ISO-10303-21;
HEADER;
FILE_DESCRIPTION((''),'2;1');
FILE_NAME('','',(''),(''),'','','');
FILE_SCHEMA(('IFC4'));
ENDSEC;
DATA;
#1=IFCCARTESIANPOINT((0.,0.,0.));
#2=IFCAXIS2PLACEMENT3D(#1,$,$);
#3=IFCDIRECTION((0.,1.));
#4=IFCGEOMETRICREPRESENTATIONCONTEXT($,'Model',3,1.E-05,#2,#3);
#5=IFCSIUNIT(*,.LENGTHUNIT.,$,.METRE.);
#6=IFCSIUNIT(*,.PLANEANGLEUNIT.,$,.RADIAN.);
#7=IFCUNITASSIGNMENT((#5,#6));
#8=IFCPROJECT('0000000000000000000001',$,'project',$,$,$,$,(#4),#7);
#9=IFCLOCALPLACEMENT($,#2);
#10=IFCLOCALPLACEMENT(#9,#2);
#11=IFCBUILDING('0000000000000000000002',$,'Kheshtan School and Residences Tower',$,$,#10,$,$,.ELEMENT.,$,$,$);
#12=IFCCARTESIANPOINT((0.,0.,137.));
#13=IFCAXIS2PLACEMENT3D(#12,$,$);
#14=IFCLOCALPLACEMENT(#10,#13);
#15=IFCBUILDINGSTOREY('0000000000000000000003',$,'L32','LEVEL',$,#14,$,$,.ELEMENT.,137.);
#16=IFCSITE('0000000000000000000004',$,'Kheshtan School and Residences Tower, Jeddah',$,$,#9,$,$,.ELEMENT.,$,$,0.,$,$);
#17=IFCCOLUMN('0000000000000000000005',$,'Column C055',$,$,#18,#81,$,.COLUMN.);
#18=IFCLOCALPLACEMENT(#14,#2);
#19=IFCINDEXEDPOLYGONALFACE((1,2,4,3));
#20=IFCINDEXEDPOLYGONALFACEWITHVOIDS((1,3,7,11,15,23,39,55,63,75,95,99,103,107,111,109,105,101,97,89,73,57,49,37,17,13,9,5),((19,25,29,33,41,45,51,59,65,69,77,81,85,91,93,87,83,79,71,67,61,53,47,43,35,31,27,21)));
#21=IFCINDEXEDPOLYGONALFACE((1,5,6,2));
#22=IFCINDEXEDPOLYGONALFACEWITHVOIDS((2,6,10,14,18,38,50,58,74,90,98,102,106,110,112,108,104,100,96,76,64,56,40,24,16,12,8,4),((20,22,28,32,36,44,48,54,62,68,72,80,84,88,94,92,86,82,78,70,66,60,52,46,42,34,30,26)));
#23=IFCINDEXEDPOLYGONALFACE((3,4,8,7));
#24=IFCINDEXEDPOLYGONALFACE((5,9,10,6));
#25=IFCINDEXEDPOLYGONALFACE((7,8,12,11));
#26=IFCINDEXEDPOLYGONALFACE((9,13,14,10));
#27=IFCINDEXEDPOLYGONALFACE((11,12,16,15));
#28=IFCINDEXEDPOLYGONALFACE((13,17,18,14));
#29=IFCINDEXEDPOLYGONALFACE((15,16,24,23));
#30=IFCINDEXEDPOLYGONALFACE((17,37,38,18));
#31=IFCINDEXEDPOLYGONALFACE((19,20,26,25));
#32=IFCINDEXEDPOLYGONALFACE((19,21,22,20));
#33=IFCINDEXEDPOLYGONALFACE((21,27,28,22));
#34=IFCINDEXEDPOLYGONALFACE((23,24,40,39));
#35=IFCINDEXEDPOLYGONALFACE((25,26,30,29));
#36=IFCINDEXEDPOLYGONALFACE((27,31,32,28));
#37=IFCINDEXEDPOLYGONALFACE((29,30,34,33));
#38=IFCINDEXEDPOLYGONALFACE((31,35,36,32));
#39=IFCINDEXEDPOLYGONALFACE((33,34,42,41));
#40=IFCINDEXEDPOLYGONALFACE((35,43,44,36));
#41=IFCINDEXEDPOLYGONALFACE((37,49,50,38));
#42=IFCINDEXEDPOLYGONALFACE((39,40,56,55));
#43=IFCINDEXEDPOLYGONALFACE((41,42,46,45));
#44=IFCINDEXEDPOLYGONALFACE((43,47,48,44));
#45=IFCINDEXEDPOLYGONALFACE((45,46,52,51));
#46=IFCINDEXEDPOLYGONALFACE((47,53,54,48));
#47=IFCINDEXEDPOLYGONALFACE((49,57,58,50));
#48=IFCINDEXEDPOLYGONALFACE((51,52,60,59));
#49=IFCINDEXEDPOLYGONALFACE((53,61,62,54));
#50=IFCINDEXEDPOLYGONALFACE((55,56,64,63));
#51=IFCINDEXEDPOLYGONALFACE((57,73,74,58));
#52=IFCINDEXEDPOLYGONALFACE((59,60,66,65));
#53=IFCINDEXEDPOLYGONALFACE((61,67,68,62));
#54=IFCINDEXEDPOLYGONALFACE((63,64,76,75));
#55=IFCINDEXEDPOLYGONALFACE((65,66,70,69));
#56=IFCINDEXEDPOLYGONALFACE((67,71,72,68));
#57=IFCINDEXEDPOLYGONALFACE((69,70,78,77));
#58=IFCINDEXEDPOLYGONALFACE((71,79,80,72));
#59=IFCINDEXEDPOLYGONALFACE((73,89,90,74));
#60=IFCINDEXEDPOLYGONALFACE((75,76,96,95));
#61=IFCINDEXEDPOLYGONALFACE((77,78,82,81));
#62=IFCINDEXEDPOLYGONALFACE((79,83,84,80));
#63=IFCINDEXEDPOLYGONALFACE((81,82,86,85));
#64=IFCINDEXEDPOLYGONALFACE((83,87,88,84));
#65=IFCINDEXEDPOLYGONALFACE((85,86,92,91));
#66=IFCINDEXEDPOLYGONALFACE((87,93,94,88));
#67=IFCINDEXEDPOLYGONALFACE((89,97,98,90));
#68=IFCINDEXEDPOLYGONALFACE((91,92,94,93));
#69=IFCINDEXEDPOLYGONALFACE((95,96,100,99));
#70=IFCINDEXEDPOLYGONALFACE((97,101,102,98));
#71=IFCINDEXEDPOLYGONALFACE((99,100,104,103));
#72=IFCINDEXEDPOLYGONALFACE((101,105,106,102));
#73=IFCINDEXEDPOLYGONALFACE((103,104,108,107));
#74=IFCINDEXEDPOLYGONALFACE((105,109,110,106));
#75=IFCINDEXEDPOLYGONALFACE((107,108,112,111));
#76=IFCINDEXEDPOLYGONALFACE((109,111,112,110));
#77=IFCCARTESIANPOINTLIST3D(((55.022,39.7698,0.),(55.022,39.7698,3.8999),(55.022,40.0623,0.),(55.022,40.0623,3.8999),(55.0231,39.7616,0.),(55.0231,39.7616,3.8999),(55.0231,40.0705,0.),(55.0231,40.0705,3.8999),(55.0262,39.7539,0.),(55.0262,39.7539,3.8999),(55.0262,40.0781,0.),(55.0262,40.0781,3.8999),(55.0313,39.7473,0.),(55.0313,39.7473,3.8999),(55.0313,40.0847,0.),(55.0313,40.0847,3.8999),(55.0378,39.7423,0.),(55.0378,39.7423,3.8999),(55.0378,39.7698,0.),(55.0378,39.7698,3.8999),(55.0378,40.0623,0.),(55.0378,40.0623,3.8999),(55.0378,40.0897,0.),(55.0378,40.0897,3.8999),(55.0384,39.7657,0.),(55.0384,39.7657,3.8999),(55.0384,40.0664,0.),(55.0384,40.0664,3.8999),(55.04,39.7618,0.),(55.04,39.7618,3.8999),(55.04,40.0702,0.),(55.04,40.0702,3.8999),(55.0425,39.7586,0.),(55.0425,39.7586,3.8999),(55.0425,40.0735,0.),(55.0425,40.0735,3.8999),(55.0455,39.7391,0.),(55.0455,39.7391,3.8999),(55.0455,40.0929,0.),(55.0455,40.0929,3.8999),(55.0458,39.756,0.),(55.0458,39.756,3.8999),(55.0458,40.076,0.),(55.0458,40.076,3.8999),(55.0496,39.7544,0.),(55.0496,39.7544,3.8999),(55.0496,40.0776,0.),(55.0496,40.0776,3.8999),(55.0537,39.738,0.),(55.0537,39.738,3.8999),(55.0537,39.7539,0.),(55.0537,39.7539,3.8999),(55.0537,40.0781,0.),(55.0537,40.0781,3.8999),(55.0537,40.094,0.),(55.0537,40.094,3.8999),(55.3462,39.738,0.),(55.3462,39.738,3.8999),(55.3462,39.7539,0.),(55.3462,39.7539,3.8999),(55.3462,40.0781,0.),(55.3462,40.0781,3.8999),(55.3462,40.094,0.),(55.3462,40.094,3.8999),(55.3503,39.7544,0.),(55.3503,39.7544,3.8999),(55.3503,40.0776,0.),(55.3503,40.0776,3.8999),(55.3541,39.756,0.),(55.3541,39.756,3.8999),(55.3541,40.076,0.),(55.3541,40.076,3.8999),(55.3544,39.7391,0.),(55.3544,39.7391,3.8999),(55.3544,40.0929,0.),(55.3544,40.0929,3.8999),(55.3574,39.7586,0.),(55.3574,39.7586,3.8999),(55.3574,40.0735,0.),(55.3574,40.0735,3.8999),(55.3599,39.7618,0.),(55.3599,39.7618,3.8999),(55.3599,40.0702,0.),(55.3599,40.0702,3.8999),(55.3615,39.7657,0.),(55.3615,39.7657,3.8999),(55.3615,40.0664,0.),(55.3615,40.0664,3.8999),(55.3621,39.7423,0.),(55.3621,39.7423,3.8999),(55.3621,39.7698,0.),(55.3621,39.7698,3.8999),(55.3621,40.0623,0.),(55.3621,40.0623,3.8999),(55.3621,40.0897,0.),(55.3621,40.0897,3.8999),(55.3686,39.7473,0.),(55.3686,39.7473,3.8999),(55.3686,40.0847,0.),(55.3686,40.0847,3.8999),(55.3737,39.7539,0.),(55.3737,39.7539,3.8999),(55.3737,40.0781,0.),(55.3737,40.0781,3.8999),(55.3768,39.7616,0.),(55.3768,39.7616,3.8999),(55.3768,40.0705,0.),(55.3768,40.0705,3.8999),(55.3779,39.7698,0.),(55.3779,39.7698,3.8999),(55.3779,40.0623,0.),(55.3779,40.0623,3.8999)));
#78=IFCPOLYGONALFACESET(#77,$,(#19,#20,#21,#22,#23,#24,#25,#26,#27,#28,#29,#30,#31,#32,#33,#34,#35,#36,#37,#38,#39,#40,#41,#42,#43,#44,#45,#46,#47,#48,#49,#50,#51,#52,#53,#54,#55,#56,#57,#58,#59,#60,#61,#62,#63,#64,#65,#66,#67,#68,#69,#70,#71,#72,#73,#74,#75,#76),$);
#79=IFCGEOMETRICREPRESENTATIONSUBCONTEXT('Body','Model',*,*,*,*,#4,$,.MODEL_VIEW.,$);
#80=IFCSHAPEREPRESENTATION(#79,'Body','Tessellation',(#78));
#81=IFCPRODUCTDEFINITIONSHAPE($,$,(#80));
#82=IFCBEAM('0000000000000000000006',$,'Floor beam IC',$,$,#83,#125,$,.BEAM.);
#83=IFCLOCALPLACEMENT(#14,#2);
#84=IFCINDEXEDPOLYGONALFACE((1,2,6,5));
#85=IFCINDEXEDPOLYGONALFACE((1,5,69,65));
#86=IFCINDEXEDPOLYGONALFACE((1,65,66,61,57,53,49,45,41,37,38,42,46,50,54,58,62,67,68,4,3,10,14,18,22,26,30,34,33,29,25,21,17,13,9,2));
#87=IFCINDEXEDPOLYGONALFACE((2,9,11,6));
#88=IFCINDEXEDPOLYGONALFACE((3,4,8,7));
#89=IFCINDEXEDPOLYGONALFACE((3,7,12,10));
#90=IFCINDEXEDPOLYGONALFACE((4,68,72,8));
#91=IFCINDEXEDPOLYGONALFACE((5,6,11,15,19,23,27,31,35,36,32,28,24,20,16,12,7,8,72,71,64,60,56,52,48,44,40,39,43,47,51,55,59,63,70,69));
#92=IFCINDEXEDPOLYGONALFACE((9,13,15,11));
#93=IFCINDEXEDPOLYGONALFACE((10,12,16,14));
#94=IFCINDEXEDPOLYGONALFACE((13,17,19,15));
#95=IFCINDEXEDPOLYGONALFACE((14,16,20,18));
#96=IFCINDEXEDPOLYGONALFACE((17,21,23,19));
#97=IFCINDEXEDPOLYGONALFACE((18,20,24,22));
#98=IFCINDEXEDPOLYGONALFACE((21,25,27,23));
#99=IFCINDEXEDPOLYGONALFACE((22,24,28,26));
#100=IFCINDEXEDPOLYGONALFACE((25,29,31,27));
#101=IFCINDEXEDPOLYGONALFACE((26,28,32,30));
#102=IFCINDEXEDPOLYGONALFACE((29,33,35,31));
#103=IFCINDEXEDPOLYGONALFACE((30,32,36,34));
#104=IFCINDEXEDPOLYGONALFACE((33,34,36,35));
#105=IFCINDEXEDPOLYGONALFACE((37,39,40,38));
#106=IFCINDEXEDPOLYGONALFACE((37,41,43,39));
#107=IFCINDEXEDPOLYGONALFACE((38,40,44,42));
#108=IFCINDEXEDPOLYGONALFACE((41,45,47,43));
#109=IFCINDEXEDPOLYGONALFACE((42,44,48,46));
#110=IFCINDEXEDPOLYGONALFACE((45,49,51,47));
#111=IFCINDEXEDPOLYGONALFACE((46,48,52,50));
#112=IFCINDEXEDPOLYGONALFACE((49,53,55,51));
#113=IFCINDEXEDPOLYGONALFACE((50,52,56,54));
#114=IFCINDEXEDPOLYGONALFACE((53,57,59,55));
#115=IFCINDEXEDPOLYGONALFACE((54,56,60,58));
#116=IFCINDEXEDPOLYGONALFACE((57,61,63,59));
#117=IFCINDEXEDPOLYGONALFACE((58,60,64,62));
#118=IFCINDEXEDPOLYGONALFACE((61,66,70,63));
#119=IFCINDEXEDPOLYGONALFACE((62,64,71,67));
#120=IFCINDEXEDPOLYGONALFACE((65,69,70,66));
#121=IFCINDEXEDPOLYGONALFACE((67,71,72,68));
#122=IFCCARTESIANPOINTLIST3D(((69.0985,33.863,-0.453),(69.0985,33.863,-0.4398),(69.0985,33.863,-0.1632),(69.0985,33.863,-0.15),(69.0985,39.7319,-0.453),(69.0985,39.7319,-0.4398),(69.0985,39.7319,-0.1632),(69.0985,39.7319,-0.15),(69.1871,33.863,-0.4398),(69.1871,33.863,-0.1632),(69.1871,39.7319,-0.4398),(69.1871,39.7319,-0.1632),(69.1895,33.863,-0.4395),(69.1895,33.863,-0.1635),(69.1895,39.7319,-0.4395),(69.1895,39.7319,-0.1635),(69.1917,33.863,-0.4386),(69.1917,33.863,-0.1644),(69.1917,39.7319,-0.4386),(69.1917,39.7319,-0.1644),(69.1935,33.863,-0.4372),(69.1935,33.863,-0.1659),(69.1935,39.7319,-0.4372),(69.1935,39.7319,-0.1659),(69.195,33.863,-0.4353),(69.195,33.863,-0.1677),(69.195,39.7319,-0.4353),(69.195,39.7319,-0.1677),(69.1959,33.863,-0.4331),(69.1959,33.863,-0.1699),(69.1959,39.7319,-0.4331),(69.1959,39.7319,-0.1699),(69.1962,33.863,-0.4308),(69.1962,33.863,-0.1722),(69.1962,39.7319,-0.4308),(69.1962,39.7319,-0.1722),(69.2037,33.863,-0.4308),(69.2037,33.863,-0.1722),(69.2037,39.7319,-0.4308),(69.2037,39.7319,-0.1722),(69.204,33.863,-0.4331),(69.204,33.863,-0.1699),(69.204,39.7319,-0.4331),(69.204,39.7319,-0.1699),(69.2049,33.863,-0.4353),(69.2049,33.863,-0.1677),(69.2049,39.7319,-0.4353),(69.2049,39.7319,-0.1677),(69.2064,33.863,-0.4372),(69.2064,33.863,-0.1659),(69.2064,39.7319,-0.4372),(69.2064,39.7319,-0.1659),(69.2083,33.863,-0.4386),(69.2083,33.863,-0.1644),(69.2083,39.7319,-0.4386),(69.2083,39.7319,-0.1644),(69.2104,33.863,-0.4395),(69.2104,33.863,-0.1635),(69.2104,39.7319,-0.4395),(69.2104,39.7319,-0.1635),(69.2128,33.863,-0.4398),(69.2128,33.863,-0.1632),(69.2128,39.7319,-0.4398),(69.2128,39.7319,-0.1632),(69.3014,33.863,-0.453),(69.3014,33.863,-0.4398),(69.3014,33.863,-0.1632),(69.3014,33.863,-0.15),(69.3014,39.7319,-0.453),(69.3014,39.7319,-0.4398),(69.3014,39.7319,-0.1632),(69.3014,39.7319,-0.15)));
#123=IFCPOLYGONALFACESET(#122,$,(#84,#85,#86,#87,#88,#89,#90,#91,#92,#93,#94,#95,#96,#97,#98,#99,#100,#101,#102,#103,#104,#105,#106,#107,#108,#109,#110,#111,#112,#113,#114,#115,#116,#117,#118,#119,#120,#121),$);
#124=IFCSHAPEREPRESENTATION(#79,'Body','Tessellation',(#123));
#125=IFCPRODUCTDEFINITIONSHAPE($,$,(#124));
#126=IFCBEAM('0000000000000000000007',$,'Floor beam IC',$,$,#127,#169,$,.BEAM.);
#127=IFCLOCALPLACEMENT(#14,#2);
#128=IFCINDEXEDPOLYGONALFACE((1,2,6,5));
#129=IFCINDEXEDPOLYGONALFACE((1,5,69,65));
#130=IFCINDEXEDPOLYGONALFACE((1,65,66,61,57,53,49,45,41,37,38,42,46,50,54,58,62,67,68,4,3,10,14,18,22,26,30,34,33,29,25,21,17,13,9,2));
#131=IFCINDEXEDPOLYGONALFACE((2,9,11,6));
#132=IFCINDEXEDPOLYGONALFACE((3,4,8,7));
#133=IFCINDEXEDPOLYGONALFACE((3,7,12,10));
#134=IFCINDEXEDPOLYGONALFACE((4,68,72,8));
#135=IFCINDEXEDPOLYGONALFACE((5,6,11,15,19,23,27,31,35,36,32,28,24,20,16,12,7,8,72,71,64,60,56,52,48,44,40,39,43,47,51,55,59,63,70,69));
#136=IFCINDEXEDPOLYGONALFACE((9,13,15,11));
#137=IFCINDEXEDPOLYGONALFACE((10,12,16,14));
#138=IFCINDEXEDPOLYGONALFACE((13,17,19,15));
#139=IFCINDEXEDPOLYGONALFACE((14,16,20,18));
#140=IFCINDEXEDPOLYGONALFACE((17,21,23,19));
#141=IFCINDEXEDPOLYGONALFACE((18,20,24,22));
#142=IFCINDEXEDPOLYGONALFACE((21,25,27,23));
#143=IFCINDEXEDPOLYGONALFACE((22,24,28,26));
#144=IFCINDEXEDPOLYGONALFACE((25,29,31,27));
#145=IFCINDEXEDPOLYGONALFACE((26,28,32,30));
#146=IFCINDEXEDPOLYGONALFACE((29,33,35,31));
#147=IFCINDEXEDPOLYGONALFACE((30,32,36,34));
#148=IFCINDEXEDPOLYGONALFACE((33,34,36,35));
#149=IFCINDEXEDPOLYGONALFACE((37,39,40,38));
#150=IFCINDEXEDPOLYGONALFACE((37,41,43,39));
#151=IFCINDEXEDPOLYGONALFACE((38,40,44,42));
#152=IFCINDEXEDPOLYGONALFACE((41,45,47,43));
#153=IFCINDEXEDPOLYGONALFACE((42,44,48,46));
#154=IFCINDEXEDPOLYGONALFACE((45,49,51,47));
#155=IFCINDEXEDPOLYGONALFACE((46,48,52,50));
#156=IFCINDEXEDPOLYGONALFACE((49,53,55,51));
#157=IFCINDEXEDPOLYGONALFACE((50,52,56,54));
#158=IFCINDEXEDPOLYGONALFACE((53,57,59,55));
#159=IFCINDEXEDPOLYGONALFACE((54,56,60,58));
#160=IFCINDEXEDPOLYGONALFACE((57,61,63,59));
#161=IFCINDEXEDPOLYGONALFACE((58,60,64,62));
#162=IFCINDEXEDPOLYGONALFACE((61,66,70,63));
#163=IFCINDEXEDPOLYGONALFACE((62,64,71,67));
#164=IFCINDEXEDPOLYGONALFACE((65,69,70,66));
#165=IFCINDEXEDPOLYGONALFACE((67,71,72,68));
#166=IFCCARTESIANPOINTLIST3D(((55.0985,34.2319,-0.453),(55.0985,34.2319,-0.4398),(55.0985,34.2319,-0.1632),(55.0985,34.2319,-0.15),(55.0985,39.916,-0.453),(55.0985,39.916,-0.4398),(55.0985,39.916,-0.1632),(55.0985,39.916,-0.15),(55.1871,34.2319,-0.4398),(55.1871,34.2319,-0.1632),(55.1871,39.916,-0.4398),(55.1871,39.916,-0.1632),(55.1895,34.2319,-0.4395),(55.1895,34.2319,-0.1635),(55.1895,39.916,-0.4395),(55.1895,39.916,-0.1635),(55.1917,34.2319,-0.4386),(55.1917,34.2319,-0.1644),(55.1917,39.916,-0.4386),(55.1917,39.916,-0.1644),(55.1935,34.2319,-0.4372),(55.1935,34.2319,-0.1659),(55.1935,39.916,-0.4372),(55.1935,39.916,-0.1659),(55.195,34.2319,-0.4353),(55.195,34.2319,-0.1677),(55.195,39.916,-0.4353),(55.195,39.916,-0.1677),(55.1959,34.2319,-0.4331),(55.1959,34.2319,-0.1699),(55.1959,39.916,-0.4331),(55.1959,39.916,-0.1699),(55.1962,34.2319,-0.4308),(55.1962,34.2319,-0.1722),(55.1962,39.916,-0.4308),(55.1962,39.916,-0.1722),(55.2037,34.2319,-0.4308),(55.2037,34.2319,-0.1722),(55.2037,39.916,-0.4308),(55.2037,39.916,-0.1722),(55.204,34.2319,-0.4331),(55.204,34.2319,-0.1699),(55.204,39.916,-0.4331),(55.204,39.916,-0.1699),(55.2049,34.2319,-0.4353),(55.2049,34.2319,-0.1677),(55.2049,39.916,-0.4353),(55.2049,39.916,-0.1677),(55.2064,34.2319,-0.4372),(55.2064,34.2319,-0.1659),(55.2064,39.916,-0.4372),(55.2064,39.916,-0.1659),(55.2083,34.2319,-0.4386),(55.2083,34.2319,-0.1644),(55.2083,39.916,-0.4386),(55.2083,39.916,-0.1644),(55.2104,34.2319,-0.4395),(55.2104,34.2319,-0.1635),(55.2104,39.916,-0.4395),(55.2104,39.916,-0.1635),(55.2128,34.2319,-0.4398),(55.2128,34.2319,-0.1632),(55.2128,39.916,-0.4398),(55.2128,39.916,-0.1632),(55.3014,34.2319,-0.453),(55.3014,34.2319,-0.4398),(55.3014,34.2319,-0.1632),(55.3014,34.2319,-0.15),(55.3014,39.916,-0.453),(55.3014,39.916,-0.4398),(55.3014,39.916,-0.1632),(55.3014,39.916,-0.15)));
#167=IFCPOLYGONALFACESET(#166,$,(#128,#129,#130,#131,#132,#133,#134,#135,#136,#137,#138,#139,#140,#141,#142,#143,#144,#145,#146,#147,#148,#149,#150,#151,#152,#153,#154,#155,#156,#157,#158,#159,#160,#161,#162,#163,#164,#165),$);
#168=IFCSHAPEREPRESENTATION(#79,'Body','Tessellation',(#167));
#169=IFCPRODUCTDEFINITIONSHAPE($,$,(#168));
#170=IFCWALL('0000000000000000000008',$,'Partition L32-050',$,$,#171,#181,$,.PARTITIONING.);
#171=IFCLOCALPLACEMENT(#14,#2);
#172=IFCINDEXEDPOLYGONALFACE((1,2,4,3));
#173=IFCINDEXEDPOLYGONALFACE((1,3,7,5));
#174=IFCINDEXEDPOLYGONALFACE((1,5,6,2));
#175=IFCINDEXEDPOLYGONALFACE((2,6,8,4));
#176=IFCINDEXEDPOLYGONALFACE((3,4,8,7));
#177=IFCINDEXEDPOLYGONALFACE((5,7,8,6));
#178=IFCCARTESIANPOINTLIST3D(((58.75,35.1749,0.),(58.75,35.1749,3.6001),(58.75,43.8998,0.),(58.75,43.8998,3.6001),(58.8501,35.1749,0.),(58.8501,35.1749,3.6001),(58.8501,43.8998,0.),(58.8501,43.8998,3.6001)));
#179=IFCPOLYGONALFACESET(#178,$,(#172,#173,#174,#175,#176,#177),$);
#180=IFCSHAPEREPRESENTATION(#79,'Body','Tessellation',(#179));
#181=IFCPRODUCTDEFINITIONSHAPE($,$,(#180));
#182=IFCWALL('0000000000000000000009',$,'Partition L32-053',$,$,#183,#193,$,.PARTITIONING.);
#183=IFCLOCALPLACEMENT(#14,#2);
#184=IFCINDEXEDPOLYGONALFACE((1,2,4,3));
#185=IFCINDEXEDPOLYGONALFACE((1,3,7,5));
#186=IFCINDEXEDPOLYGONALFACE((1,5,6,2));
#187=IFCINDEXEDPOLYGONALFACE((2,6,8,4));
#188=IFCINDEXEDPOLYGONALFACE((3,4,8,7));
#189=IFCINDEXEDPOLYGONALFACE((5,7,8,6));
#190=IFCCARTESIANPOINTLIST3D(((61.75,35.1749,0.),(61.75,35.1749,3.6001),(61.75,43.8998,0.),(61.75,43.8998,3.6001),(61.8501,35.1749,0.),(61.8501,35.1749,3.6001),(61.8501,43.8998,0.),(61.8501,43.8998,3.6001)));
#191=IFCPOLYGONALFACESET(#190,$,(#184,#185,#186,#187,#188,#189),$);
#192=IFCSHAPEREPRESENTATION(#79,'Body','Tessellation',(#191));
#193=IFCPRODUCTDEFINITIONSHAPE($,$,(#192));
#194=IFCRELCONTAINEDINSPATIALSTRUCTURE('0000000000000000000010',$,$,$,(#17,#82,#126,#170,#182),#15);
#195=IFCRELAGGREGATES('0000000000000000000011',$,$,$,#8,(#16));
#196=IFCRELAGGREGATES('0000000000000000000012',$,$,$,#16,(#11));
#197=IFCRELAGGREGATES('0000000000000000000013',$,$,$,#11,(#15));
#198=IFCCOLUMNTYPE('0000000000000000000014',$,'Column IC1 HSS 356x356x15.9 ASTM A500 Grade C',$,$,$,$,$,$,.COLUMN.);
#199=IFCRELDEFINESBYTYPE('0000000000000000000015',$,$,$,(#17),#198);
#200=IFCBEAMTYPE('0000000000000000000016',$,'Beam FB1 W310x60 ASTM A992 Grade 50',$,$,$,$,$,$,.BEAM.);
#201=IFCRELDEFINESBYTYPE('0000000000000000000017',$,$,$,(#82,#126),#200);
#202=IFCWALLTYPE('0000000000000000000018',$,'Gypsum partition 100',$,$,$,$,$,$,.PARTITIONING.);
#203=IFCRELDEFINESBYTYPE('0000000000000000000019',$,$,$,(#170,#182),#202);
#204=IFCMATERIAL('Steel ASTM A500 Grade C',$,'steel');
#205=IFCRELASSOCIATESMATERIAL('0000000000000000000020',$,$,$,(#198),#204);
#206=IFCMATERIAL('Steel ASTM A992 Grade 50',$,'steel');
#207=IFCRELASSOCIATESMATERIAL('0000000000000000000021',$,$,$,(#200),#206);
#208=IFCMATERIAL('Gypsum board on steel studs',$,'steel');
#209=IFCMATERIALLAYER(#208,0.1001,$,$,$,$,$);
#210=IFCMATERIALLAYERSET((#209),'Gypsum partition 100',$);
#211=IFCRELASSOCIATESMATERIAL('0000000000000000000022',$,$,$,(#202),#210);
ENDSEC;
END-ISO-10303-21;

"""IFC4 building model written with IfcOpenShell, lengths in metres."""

from ifc_helpers import new_model, si_unit, direction, frame, frame_2d, origin, origin_2d, place, context, subcontext, project, spatial, rectangle, hollow_rectangle, i_section, extrude, material, layer, layer_set, material_profile, profile_set, type_object, element, save


model = new_model("IFC4")

# Units and contexts
model_context = context("Model", 3, precision=1e-05, world=origin(), true_north=direction((0.0, 1.0)))
body_context = subcontext(model_context, "Body", "Model", "MODEL_VIEW")
ifc_project = project(units=[si_unit("LENGTHUNIT", "METRE"), si_unit("PLANEANGLEUNIT", "RADIAN")], contexts=[model_context])

# Site, building, storey
site_placement = place(None, origin())
site = spatial("IfcSite", under=ifc_project, at=site_placement, Name="Kheshtan School and Residences Tower, Jeddah", CompositionType="ELEMENT", RefElevation=0.0)
building_placement = place(site_placement, origin())
building = spatial("IfcBuilding", under=site, at=building_placement, Name="Kheshtan School and Residences Tower", CompositionType="ELEMENT")
storey_placement = place(building_placement, frame((0.0, 0.0, 137.0)))
storey = spatial("IfcBuildingStorey", under=building, at=storey_placement, Name="L32", Description="LEVEL", CompositionType="ELEMENT", Elevation=137.0)

# Column
ifc_material_1 = material(Name="Steel ASTM A500 Grade C", Category="steel")
ifc_material_profile_1 = material_profile(ifc_material_1, hollow_rectangle(XDim=0.356, YDim=0.356, WallThickness=0.0159, InnerFilletRadius=0.0159, OuterFilletRadius=0.0317, at=origin_2d()), Name="HSS 356x356x15.9")
ifc_profile_set_1 = profile_set([ifc_material_profile_1], Name="Steel ASTM A500 Grade C")
column_type = type_object("IfcColumnType", Name="Column IC1 HSS 356x356x15.9 ASTM A500 Grade C", PredefinedType="COLUMN", material=ifc_profile_set_1)
for number, where, z_axis, x_axis, name in (
    (1, (55.2, 39.916, 0.0), (0.0, 0.0, 1.0), (1.0, 0.0, 0.0), "Column C055"),
):
    element("IfcColumn", number, at=place(storey_placement, frame(where, z_axis=z_axis, x_axis=x_axis)), inside=storey, type_object=column_type, Name=name, PredefinedType="COLUMN", context=body_context, shape_type="SweptSolid", body=[
        extrude(hollow_rectangle(XDim=0.356, YDim=0.356, WallThickness=0.0159, InnerFilletRadius=0.0159, OuterFilletRadius=0.0317, at=origin_2d()), origin(), (0.0, 0.0, 1.0), 3.8999),
    ])

# Beams
ifc_material_2 = material(Name="Steel ASTM A992 Grade 50", Category="steel")
ifc_material_profile_2 = material_profile(ifc_material_2, i_section(OverallWidth=0.2029, OverallDepth=0.303, WebThickness=0.0076, FlangeThickness=0.0132, FilletRadius=0.009, at=origin_2d()), Name="W310x60")
ifc_profile_set_2 = profile_set([ifc_material_profile_2], Name="Steel ASTM A992 Grade 50")
beam_type = type_object("IfcBeamType", Name="Beam FB1 W310x60 ASTM A992 Grade 50", PredefinedType="BEAM", material=ifc_profile_set_2)
beam_1_placement = place(storey_placement, frame((69.2, 33.863, -0.3015), z_axis=(0.0, 1.0, 0.0), x_axis=(-1.0, 0.0, 0.0)))
element("IfcBeam", 2, at=beam_1_placement, inside=storey, type_object=beam_type, Name="Floor beam IC", PredefinedType="BEAM", context=body_context, shape_type="SweptSolid", body=[
    extrude(i_section(OverallWidth=0.2029, OverallDepth=0.303, WebThickness=0.0076, FlangeThickness=0.0132, FilletRadius=0.009, at=origin_2d()), origin(), (0.0, 0.0, 1.0), 5.8689),
])
beam_2_placement = place(storey_placement, frame((55.2, 34.2319, -0.3015), z_axis=(0.0, 1.0, 0.0), x_axis=(-1.0, 0.0, 0.0)))
element("IfcBeam", 3, at=beam_2_placement, inside=storey, type_object=beam_type, Name="Floor beam IC", PredefinedType="BEAM", context=body_context, shape_type="SweptSolid", body=[
    extrude(i_section(OverallWidth=0.2029, OverallDepth=0.303, WebThickness=0.0076, FlangeThickness=0.0132, FilletRadius=0.009, at=origin_2d()), origin(), (0.0, 0.0, 1.0), 5.6841),
])

# Walls
ifc_material_3 = material(Name="Gypsum board on steel studs", Category="steel")
ifc_layer_1 = layer(ifc_material_3, 0.1001)
ifc_layer_set_1 = layer_set([ifc_layer_1], Name="Gypsum partition 100")
wall_type_1 = type_object("IfcWallType", Name="Gypsum partition 100", PredefinedType="PARTITIONING", material=ifc_layer_set_1)
for number, where, z_axis, x_axis, name in (
    (4, (58.8, 35.175, 0.0), (0.0, 0.0, 1.0), (0.0, 1.0, 0.0), "Partition L32-050"),
    (5, (61.8, 35.175, 0.0), (0.0, 0.0, 1.0), (0.0, 1.0, 0.0), "Partition L32-053"),
):
    element("IfcWall", number, at=place(storey_placement, frame(where, z_axis=z_axis, x_axis=x_axis)), inside=storey, type_object=wall_type_1, Name=name, PredefinedType="PARTITIONING", context=body_context, shape_type="SweptSolid", body=[
        extrude(rectangle(XDim=8.7249, YDim=0.1001, at=frame_2d((4.3623, 0.0))), origin(), (0.0, 0.0, 1.0), 3.6001),
    ])

save(model, "model.ifc")
